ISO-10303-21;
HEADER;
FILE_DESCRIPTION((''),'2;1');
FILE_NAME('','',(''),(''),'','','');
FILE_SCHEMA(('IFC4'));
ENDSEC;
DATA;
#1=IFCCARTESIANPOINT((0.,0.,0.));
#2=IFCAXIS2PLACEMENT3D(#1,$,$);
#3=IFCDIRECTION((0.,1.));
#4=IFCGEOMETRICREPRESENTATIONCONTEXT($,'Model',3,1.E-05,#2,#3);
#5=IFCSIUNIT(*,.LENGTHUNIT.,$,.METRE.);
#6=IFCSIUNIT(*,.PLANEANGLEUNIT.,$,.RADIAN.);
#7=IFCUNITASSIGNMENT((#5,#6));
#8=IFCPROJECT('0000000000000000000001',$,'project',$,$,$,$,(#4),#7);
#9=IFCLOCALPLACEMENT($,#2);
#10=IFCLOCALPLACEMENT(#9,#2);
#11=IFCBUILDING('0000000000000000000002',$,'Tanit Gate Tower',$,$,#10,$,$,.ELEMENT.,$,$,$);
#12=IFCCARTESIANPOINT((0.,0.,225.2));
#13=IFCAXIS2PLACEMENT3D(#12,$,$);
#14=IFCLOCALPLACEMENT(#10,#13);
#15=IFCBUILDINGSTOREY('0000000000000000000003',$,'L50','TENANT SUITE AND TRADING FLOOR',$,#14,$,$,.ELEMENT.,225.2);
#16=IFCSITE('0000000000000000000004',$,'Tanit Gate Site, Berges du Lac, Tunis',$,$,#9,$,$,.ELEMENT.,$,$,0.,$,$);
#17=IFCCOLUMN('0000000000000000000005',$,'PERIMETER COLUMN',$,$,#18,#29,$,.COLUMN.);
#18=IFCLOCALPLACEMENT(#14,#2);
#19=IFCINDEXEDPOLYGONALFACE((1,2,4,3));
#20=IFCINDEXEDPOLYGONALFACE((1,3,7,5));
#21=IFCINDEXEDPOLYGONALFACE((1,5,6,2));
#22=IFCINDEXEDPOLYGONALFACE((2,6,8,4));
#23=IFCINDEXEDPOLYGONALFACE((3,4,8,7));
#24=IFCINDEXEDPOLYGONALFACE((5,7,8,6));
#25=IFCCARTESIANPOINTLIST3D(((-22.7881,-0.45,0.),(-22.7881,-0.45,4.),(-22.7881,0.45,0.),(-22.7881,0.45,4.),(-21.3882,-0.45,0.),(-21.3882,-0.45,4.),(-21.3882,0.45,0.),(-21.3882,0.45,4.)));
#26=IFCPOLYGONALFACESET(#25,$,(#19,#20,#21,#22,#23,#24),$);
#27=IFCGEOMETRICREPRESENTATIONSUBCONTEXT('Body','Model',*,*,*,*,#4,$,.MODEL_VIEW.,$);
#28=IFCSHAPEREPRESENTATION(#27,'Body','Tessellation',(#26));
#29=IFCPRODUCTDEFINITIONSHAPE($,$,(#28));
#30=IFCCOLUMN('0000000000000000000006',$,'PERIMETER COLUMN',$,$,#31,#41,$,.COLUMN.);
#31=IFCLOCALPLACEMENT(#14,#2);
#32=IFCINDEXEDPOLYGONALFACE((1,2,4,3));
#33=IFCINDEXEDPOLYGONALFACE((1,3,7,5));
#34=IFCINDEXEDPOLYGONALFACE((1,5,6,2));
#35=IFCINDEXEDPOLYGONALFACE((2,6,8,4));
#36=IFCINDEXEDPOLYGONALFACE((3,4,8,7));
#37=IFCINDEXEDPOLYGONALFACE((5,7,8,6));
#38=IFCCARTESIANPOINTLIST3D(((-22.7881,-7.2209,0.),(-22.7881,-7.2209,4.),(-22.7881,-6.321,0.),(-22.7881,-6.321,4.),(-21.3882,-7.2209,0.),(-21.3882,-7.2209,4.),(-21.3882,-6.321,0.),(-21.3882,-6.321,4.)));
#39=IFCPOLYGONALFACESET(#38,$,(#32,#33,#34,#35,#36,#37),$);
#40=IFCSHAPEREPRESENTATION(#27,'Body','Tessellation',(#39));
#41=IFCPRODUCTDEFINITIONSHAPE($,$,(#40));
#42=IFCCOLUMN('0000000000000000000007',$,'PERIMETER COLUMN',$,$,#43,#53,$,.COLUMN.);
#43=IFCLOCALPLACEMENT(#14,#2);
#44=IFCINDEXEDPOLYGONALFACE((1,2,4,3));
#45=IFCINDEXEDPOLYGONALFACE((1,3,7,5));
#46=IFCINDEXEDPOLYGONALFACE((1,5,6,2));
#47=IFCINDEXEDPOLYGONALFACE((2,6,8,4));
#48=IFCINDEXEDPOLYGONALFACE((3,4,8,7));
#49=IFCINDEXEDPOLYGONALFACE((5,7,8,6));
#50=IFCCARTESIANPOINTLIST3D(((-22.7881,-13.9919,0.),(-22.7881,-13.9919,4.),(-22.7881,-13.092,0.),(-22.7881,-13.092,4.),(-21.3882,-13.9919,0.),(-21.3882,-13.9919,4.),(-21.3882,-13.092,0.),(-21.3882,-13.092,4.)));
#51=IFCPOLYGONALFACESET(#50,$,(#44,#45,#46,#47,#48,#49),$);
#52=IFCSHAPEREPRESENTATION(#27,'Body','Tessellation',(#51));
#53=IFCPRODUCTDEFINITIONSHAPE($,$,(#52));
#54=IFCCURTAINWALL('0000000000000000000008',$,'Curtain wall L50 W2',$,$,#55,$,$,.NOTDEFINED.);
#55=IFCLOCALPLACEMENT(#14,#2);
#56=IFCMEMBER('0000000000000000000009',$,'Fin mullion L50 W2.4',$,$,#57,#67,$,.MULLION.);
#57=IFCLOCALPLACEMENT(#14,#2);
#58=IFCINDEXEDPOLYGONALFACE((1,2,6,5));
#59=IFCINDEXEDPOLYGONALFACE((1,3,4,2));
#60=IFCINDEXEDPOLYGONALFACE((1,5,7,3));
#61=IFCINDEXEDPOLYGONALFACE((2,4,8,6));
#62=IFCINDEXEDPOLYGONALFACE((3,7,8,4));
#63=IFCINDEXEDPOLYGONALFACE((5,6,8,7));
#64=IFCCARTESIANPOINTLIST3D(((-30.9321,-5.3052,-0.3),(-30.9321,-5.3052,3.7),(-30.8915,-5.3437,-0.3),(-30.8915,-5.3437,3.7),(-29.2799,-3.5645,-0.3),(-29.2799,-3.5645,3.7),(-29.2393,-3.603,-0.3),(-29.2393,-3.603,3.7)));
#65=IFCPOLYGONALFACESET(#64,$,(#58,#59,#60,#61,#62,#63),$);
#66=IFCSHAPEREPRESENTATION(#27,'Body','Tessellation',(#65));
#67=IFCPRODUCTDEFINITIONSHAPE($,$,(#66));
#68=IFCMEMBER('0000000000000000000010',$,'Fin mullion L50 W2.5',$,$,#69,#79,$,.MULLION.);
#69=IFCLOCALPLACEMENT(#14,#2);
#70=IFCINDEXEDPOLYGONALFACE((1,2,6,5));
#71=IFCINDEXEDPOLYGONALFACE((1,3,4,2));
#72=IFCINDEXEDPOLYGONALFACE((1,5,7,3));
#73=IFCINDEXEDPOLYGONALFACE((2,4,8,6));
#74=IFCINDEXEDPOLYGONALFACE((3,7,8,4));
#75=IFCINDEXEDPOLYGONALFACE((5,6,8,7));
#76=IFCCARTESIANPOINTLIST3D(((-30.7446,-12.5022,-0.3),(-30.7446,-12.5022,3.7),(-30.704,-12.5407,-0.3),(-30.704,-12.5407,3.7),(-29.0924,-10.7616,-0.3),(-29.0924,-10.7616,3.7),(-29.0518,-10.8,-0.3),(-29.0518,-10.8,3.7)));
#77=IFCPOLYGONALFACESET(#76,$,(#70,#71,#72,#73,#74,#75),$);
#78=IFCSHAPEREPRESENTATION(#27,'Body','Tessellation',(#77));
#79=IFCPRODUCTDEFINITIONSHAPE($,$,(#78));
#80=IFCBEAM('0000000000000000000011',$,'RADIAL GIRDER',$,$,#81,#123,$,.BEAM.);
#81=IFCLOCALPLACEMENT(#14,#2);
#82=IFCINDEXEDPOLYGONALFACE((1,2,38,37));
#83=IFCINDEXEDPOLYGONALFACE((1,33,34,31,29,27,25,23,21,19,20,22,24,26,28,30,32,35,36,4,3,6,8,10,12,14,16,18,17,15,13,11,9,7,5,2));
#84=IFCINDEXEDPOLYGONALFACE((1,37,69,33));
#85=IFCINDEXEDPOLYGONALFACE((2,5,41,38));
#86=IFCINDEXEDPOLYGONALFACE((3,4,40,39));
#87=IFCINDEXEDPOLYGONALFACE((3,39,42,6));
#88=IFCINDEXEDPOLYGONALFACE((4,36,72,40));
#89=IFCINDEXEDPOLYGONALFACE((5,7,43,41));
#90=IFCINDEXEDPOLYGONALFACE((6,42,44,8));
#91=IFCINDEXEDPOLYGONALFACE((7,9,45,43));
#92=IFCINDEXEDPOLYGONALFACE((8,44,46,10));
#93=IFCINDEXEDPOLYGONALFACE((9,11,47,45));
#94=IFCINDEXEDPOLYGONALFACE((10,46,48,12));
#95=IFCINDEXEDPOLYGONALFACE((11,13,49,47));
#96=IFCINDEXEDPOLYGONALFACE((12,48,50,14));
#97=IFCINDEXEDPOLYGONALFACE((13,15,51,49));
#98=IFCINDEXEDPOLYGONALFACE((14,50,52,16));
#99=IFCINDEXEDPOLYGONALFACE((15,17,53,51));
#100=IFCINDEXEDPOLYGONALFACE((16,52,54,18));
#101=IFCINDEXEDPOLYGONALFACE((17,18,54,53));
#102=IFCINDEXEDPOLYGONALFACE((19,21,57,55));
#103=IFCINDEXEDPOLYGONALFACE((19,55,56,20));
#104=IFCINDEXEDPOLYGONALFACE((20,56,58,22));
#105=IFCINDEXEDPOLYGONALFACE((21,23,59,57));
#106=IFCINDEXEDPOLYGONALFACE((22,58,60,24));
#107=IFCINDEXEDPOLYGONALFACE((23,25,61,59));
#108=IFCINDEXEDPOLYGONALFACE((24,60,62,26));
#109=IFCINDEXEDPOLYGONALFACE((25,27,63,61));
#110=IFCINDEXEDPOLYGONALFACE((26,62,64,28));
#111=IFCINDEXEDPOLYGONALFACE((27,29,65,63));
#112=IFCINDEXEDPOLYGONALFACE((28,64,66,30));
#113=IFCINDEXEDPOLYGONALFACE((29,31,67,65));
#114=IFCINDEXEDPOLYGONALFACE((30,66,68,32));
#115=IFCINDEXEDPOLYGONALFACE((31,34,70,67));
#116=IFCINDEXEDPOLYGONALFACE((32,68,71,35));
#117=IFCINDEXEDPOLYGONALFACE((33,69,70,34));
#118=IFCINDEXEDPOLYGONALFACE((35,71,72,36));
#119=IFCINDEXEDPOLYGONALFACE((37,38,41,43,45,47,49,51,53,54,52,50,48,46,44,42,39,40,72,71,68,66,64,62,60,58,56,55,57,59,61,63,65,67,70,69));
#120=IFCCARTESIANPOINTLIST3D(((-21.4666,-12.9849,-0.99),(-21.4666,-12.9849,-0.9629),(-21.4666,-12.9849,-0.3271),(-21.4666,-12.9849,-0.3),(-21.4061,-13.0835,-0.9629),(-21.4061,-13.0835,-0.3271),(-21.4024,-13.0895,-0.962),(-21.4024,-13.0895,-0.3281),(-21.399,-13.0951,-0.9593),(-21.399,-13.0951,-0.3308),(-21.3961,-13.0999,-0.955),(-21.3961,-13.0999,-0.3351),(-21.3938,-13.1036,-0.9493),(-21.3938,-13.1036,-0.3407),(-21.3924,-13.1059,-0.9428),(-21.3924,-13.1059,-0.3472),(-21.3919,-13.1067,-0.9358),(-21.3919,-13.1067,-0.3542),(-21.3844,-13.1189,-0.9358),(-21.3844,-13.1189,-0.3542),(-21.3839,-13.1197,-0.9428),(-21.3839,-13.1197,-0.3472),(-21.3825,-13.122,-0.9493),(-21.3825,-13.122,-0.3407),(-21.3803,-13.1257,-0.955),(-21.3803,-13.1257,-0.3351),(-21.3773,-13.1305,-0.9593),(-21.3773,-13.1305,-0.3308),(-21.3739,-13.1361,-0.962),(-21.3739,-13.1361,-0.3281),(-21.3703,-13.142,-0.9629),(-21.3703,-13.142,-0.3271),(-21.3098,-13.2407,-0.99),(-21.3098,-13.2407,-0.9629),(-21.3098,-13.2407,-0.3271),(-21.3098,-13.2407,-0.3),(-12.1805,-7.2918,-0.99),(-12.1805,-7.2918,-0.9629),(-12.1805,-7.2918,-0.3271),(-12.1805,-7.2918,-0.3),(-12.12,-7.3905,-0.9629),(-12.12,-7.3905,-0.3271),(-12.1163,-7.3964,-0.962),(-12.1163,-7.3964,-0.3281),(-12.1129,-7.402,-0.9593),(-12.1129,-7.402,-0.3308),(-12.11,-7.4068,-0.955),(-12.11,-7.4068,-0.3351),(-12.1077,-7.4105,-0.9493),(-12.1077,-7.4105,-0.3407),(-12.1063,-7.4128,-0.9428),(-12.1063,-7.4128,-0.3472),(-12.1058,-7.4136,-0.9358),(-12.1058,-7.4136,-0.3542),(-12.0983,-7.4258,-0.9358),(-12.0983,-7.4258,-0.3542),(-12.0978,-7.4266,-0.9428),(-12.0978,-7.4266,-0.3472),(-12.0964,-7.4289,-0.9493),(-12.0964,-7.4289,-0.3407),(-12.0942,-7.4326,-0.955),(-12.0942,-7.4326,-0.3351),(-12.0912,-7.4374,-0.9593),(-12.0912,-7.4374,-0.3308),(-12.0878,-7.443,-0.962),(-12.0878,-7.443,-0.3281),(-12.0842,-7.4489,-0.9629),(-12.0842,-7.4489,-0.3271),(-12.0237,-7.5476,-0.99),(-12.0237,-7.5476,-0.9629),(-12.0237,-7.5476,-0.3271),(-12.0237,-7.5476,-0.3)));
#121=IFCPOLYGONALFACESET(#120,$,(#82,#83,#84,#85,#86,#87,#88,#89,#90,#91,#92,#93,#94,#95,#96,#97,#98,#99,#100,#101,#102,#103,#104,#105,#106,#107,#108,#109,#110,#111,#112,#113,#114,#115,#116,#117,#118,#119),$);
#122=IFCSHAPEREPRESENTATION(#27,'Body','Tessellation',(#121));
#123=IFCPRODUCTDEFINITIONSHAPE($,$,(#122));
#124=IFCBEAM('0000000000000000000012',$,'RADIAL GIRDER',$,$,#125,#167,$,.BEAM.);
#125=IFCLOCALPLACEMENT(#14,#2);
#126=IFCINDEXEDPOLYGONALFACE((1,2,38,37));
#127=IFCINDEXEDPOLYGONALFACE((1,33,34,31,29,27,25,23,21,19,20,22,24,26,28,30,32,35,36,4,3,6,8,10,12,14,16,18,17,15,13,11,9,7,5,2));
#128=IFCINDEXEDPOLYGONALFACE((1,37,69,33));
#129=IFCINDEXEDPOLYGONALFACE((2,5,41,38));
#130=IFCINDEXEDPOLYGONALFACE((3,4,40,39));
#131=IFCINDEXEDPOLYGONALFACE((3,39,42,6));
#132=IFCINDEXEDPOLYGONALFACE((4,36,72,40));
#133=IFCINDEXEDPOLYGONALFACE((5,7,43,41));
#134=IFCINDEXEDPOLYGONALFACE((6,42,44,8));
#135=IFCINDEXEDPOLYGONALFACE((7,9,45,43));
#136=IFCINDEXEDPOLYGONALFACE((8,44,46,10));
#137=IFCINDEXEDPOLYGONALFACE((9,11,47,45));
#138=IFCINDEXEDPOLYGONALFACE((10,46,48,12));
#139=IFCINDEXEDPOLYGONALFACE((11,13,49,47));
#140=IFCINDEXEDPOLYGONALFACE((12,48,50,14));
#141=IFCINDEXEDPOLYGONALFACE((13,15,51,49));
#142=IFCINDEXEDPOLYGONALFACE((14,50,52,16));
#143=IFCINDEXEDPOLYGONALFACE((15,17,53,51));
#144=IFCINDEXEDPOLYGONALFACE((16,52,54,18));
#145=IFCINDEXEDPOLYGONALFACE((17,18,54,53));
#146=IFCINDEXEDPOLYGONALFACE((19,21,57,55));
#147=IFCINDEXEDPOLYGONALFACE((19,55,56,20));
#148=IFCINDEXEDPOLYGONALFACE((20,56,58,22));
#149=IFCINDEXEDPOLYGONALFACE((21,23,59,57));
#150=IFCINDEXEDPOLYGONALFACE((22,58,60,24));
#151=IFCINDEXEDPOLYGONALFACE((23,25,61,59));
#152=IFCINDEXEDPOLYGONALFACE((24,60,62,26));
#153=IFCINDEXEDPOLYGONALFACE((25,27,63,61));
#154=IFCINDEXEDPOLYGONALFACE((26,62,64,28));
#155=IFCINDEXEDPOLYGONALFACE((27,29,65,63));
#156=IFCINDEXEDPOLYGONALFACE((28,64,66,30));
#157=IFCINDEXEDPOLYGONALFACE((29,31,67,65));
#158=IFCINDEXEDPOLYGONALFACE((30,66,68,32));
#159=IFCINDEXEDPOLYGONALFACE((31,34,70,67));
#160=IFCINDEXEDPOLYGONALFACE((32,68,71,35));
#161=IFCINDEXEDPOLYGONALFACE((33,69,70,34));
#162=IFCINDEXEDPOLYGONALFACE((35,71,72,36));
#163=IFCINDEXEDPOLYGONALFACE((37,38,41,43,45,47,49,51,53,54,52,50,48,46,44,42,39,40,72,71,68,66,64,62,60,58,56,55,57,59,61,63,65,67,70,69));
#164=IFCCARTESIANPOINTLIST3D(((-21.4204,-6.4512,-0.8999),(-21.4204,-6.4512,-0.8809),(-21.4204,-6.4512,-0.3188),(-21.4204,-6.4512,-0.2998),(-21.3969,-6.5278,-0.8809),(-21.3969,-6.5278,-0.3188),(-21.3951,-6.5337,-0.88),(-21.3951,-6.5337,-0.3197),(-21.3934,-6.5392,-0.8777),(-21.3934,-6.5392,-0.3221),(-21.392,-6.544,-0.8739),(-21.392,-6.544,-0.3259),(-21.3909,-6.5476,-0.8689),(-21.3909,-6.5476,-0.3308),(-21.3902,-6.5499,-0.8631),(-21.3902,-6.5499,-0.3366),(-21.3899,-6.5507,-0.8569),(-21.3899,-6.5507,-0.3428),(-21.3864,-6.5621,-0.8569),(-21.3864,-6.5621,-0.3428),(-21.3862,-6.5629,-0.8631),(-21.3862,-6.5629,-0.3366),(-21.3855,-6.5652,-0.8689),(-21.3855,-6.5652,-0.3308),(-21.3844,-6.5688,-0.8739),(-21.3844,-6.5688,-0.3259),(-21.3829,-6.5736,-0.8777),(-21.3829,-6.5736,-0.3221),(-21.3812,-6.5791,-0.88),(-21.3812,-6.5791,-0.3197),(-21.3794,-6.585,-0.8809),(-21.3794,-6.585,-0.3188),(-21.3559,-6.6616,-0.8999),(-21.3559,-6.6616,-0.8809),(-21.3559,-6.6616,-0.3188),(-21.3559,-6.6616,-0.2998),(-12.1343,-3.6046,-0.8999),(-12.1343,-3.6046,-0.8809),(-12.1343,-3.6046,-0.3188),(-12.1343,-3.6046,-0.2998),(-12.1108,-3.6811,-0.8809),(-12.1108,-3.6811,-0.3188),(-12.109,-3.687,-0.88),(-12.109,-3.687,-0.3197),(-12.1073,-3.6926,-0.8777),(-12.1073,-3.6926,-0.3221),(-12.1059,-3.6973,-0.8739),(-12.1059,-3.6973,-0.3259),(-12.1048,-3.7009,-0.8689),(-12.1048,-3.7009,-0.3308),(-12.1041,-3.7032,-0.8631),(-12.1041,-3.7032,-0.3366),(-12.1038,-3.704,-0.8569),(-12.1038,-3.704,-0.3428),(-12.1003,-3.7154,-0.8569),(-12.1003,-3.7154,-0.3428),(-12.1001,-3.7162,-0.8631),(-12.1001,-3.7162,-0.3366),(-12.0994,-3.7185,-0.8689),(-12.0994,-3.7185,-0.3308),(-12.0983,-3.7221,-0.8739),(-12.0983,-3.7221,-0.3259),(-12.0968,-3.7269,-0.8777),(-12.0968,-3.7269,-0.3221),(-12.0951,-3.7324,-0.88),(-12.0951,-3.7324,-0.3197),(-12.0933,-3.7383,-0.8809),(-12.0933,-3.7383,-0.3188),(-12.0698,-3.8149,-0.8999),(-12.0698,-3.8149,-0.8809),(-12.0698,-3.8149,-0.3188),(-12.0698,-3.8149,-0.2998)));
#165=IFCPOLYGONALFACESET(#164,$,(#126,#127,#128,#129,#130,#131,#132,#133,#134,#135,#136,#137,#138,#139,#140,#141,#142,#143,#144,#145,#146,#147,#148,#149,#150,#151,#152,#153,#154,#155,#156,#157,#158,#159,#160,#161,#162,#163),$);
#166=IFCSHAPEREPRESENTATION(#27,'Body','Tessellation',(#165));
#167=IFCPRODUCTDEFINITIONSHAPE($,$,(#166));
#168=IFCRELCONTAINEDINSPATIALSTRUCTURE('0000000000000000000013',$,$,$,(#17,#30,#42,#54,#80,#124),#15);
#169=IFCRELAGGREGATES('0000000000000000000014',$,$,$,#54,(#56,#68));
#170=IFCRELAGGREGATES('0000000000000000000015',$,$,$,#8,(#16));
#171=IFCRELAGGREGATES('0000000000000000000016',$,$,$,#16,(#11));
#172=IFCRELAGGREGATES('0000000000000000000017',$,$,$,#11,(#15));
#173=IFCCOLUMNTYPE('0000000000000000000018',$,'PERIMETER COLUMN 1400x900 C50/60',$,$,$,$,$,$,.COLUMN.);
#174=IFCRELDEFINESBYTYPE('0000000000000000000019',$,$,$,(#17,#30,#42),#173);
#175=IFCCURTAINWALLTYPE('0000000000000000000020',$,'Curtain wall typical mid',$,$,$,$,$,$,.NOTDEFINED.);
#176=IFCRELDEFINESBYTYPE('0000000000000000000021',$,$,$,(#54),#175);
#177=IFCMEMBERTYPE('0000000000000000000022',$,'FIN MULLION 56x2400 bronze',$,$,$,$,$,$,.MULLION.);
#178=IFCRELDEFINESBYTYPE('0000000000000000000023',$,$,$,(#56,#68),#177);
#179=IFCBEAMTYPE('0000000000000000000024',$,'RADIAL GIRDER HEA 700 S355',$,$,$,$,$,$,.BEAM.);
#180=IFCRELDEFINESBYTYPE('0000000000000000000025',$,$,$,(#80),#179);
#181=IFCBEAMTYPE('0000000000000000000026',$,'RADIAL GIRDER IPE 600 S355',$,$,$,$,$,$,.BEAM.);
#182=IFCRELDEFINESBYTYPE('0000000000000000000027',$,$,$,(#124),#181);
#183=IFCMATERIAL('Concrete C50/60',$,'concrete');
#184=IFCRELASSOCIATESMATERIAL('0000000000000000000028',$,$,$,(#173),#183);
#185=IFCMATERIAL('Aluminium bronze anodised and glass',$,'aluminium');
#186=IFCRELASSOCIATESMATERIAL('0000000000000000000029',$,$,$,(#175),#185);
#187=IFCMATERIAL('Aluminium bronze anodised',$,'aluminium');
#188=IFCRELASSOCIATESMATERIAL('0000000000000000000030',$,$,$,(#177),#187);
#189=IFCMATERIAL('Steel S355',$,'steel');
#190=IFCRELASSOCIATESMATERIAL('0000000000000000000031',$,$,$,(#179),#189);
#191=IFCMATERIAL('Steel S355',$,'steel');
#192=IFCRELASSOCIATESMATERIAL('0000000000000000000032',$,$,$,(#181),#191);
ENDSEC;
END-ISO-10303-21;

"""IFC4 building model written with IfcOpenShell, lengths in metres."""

from ifc_helpers import new_model, si_unit, direction, frame, origin, origin_2d, place, context, subcontext, project, spatial, rectangle, i_section, extrude, material, material_profile, profile_set, type_object, element, aggregate, save


model = new_model("IFC4")

# Units and contexts
model_context = context("Model", 3, precision=1e-05, world=origin(), true_north=direction((0.0, 1.0)))
body_context = subcontext(model_context, "Body", "Model", "MODEL_VIEW")
ifc_project = project(units=[si_unit("LENGTHUNIT", "METRE"), si_unit("PLANEANGLEUNIT", "RADIAN")], contexts=[model_context])

# Site, building, storey
site_placement = place(None, origin())
site = spatial("IfcSite", under=ifc_project, at=site_placement, Name="Tanit Gate Site, Berges du Lac, Tunis", CompositionType="ELEMENT", RefElevation=0.0)
building_placement = place(site_placement, origin())
building = spatial("IfcBuilding", under=site, at=building_placement, Name="Tanit Gate Tower", CompositionType="ELEMENT")
storey_placement = place(building_placement, frame((0.0, 0.0, 225.2)))
storey = spatial("IfcBuildingStorey", under=building, at=storey_placement, Name="L50", Description="TENANT SUITE AND TRADING FLOOR", CompositionType="ELEMENT", Elevation=225.2)

# Columns
ifc_material_1 = material(Name="Concrete C50/60", Category="concrete")
ifc_material_profile_1 = material_profile(ifc_material_1, rectangle(XDim=1.3999, YDim=0.8999, at=origin_2d()), Name="RC 1400x900")
ifc_profile_set_1 = profile_set([ifc_material_profile_1], Name="Concrete C50/60")
column_type = type_object("IfcColumnType", Name="PERIMETER COLUMN 1400x900 C50/60", PredefinedType="COLUMN", material=ifc_profile_set_1)
for number, where, z_axis, x_axis, name in (
    (1, (-22.0881, 0.0, 0.0), (0.0, 0.0, 1.0), (-1.0, 0.0, 0.0), "PERIMETER COLUMN"),
    (2, (-22.0881, -6.771, 0.0), (0.0, 0.0, 1.0), (-1.0, 0.0, 0.0), "PERIMETER COLUMN"),
    (3, (-22.0881, -13.542, 0.0), (0.0, 0.0, 1.0), (-1.0, 0.0, 0.0), "PERIMETER COLUMN"),
):
    element("IfcColumn", number, at=place(storey_placement, frame(where, z_axis=z_axis, x_axis=x_axis)), inside=storey, type_object=column_type, Name=name, PredefinedType="COLUMN", context=body_context, shape_type="SweptSolid", body=[
        extrude(rectangle(XDim=1.3999, YDim=0.8999, at=origin_2d()), origin(), (0.0, 0.0, 1.0), 4.0),
    ])

# Curtain wall, members
ifc_material_2 = material(Name="Aluminium bronze anodised and glass", Category="aluminium")
curtain_wall_type = type_object("IfcCurtainWallType", Name="Curtain wall typical mid", PredefinedType="NOTDEFINED", material=ifc_material_2)
curtain_wall_placement = place(storey_placement, origin())
curtain_wall = element("IfcCurtainWall", 4, at=curtain_wall_placement, inside=storey, type_object=curtain_wall_type, Name="Curtain wall L50 W2", PredefinedType="NOTDEFINED")
ifc_material_3 = material(Name="Aluminium bronze anodised", Category="aluminium")
ifc_material_profile_2 = material_profile(ifc_material_3, rectangle(XDim=2.3999, YDim=0.0559, at=origin_2d()), Name="56x2400 bronze fin mullion")
ifc_profile_set_2 = profile_set([ifc_material_profile_2], Name="Aluminium bronze anodised")
member_type_1 = type_object("IfcMemberType", Name="FIN MULLION 56x2400 bronze", PredefinedType="MULLION", material=ifc_profile_set_2)
member_1_placement = place(storey_placement, frame((-30.0857, -4.4541, -0.3), z_axis=(0.0, 0.0, 1.0), x_axis=(0.688438, 0.725296, 0.0)))
member_1 = element("IfcMember", 5, at=member_1_placement, type_object=member_type_1, Name="Fin mullion L50 W2.4", PredefinedType="MULLION", context=body_context, shape_type="SweptSolid", body=[
    extrude(rectangle(XDim=2.3999, YDim=0.0559, at=origin_2d()), origin(), (0.0, 0.0, 1.0), 4.0),
])
member_2_placement = place(storey_placement, frame((-29.8982, -11.6511, -0.3), z_axis=(0.0, 0.0, 1.0), x_axis=(0.688438, 0.725296, 0.0)))
member_2 = element("IfcMember", 6, at=member_2_placement, type_object=member_type_1, Name="Fin mullion L50 W2.5", PredefinedType="MULLION", context=body_context, shape_type="SweptSolid", body=[
    extrude(rectangle(XDim=2.3999, YDim=0.0559, at=origin_2d()), origin(), (0.0, 0.0, 1.0), 4.0),
])

# Beams
ifc_material_4 = material(Name="Steel S355", Category="steel")
ifc_material_profile_3 = material_profile(ifc_material_4, i_section(OverallWidth=0.3, OverallDepth=0.6899, WebThickness=0.0144, FlangeThickness=0.0271, FilletRadius=0.0271, at=origin_2d()), Name="HEA 700")
ifc_profile_set_3 = profile_set([ifc_material_profile_3], Name="Steel S355")
beam_type_1 = type_object("IfcBeamType", Name="RADIAL GIRDER HEA 700 S355", PredefinedType="BEAM", material=ifc_profile_set_3)
beam_1_placement = place(storey_placement, frame((-21.3882, -13.1128, -0.645), z_axis=(0.852535, 0.52267, 0.0), x_axis=(-0.52267, 0.852535, 0.0)))
element("IfcBeam", 7, at=beam_1_placement, inside=storey, type_object=beam_type_1, Name="RADIAL GIRDER", PredefinedType="BEAM", context=body_context, shape_type="SweptSolid", body=[
    extrude(i_section(OverallWidth=0.3, OverallDepth=0.6899, WebThickness=0.0144, FlangeThickness=0.0271, FilletRadius=0.0271, at=origin_2d()), origin(), (0.0, 0.0, 1.0), 10.8923),
])
ifc_material_5 = material(Name="Steel S355", Category="steel")
ifc_material_profile_4 = material_profile(ifc_material_5, i_section(OverallWidth=0.22, OverallDepth=0.6001, WebThickness=0.012, FlangeThickness=0.019, FilletRadius=0.0239, at=origin_2d()), Name="IPE 600")
ifc_profile_set_4 = profile_set([ifc_material_profile_4], Name="Steel S355")
beam_type_2 = type_object("IfcBeamType", Name="RADIAL GIRDER IPE 600 S355", PredefinedType="BEAM", material=ifc_profile_set_4)
beam_2_placement = place(storey_placement, frame((-21.3882, -6.5564, -0.5999), z_axis=(0.956085, 0.293089, 0.0), x_axis=(-0.293089, 0.956085, 0.0)))
element("IfcBeam", 8, at=beam_2_placement, inside=storey, type_object=beam_type_2, Name="RADIAL GIRDER", PredefinedType="BEAM", context=body_context, shape_type="SweptSolid", body=[
    extrude(i_section(OverallWidth=0.22, OverallDepth=0.6001, WebThickness=0.012, FlangeThickness=0.019, FilletRadius=0.0239, at=origin_2d()), origin(), (0.0, 0.0, 1.0), 9.7126),
])

aggregate(curtain_wall, [member_1, member_2])

save(model, "model.ifc")
